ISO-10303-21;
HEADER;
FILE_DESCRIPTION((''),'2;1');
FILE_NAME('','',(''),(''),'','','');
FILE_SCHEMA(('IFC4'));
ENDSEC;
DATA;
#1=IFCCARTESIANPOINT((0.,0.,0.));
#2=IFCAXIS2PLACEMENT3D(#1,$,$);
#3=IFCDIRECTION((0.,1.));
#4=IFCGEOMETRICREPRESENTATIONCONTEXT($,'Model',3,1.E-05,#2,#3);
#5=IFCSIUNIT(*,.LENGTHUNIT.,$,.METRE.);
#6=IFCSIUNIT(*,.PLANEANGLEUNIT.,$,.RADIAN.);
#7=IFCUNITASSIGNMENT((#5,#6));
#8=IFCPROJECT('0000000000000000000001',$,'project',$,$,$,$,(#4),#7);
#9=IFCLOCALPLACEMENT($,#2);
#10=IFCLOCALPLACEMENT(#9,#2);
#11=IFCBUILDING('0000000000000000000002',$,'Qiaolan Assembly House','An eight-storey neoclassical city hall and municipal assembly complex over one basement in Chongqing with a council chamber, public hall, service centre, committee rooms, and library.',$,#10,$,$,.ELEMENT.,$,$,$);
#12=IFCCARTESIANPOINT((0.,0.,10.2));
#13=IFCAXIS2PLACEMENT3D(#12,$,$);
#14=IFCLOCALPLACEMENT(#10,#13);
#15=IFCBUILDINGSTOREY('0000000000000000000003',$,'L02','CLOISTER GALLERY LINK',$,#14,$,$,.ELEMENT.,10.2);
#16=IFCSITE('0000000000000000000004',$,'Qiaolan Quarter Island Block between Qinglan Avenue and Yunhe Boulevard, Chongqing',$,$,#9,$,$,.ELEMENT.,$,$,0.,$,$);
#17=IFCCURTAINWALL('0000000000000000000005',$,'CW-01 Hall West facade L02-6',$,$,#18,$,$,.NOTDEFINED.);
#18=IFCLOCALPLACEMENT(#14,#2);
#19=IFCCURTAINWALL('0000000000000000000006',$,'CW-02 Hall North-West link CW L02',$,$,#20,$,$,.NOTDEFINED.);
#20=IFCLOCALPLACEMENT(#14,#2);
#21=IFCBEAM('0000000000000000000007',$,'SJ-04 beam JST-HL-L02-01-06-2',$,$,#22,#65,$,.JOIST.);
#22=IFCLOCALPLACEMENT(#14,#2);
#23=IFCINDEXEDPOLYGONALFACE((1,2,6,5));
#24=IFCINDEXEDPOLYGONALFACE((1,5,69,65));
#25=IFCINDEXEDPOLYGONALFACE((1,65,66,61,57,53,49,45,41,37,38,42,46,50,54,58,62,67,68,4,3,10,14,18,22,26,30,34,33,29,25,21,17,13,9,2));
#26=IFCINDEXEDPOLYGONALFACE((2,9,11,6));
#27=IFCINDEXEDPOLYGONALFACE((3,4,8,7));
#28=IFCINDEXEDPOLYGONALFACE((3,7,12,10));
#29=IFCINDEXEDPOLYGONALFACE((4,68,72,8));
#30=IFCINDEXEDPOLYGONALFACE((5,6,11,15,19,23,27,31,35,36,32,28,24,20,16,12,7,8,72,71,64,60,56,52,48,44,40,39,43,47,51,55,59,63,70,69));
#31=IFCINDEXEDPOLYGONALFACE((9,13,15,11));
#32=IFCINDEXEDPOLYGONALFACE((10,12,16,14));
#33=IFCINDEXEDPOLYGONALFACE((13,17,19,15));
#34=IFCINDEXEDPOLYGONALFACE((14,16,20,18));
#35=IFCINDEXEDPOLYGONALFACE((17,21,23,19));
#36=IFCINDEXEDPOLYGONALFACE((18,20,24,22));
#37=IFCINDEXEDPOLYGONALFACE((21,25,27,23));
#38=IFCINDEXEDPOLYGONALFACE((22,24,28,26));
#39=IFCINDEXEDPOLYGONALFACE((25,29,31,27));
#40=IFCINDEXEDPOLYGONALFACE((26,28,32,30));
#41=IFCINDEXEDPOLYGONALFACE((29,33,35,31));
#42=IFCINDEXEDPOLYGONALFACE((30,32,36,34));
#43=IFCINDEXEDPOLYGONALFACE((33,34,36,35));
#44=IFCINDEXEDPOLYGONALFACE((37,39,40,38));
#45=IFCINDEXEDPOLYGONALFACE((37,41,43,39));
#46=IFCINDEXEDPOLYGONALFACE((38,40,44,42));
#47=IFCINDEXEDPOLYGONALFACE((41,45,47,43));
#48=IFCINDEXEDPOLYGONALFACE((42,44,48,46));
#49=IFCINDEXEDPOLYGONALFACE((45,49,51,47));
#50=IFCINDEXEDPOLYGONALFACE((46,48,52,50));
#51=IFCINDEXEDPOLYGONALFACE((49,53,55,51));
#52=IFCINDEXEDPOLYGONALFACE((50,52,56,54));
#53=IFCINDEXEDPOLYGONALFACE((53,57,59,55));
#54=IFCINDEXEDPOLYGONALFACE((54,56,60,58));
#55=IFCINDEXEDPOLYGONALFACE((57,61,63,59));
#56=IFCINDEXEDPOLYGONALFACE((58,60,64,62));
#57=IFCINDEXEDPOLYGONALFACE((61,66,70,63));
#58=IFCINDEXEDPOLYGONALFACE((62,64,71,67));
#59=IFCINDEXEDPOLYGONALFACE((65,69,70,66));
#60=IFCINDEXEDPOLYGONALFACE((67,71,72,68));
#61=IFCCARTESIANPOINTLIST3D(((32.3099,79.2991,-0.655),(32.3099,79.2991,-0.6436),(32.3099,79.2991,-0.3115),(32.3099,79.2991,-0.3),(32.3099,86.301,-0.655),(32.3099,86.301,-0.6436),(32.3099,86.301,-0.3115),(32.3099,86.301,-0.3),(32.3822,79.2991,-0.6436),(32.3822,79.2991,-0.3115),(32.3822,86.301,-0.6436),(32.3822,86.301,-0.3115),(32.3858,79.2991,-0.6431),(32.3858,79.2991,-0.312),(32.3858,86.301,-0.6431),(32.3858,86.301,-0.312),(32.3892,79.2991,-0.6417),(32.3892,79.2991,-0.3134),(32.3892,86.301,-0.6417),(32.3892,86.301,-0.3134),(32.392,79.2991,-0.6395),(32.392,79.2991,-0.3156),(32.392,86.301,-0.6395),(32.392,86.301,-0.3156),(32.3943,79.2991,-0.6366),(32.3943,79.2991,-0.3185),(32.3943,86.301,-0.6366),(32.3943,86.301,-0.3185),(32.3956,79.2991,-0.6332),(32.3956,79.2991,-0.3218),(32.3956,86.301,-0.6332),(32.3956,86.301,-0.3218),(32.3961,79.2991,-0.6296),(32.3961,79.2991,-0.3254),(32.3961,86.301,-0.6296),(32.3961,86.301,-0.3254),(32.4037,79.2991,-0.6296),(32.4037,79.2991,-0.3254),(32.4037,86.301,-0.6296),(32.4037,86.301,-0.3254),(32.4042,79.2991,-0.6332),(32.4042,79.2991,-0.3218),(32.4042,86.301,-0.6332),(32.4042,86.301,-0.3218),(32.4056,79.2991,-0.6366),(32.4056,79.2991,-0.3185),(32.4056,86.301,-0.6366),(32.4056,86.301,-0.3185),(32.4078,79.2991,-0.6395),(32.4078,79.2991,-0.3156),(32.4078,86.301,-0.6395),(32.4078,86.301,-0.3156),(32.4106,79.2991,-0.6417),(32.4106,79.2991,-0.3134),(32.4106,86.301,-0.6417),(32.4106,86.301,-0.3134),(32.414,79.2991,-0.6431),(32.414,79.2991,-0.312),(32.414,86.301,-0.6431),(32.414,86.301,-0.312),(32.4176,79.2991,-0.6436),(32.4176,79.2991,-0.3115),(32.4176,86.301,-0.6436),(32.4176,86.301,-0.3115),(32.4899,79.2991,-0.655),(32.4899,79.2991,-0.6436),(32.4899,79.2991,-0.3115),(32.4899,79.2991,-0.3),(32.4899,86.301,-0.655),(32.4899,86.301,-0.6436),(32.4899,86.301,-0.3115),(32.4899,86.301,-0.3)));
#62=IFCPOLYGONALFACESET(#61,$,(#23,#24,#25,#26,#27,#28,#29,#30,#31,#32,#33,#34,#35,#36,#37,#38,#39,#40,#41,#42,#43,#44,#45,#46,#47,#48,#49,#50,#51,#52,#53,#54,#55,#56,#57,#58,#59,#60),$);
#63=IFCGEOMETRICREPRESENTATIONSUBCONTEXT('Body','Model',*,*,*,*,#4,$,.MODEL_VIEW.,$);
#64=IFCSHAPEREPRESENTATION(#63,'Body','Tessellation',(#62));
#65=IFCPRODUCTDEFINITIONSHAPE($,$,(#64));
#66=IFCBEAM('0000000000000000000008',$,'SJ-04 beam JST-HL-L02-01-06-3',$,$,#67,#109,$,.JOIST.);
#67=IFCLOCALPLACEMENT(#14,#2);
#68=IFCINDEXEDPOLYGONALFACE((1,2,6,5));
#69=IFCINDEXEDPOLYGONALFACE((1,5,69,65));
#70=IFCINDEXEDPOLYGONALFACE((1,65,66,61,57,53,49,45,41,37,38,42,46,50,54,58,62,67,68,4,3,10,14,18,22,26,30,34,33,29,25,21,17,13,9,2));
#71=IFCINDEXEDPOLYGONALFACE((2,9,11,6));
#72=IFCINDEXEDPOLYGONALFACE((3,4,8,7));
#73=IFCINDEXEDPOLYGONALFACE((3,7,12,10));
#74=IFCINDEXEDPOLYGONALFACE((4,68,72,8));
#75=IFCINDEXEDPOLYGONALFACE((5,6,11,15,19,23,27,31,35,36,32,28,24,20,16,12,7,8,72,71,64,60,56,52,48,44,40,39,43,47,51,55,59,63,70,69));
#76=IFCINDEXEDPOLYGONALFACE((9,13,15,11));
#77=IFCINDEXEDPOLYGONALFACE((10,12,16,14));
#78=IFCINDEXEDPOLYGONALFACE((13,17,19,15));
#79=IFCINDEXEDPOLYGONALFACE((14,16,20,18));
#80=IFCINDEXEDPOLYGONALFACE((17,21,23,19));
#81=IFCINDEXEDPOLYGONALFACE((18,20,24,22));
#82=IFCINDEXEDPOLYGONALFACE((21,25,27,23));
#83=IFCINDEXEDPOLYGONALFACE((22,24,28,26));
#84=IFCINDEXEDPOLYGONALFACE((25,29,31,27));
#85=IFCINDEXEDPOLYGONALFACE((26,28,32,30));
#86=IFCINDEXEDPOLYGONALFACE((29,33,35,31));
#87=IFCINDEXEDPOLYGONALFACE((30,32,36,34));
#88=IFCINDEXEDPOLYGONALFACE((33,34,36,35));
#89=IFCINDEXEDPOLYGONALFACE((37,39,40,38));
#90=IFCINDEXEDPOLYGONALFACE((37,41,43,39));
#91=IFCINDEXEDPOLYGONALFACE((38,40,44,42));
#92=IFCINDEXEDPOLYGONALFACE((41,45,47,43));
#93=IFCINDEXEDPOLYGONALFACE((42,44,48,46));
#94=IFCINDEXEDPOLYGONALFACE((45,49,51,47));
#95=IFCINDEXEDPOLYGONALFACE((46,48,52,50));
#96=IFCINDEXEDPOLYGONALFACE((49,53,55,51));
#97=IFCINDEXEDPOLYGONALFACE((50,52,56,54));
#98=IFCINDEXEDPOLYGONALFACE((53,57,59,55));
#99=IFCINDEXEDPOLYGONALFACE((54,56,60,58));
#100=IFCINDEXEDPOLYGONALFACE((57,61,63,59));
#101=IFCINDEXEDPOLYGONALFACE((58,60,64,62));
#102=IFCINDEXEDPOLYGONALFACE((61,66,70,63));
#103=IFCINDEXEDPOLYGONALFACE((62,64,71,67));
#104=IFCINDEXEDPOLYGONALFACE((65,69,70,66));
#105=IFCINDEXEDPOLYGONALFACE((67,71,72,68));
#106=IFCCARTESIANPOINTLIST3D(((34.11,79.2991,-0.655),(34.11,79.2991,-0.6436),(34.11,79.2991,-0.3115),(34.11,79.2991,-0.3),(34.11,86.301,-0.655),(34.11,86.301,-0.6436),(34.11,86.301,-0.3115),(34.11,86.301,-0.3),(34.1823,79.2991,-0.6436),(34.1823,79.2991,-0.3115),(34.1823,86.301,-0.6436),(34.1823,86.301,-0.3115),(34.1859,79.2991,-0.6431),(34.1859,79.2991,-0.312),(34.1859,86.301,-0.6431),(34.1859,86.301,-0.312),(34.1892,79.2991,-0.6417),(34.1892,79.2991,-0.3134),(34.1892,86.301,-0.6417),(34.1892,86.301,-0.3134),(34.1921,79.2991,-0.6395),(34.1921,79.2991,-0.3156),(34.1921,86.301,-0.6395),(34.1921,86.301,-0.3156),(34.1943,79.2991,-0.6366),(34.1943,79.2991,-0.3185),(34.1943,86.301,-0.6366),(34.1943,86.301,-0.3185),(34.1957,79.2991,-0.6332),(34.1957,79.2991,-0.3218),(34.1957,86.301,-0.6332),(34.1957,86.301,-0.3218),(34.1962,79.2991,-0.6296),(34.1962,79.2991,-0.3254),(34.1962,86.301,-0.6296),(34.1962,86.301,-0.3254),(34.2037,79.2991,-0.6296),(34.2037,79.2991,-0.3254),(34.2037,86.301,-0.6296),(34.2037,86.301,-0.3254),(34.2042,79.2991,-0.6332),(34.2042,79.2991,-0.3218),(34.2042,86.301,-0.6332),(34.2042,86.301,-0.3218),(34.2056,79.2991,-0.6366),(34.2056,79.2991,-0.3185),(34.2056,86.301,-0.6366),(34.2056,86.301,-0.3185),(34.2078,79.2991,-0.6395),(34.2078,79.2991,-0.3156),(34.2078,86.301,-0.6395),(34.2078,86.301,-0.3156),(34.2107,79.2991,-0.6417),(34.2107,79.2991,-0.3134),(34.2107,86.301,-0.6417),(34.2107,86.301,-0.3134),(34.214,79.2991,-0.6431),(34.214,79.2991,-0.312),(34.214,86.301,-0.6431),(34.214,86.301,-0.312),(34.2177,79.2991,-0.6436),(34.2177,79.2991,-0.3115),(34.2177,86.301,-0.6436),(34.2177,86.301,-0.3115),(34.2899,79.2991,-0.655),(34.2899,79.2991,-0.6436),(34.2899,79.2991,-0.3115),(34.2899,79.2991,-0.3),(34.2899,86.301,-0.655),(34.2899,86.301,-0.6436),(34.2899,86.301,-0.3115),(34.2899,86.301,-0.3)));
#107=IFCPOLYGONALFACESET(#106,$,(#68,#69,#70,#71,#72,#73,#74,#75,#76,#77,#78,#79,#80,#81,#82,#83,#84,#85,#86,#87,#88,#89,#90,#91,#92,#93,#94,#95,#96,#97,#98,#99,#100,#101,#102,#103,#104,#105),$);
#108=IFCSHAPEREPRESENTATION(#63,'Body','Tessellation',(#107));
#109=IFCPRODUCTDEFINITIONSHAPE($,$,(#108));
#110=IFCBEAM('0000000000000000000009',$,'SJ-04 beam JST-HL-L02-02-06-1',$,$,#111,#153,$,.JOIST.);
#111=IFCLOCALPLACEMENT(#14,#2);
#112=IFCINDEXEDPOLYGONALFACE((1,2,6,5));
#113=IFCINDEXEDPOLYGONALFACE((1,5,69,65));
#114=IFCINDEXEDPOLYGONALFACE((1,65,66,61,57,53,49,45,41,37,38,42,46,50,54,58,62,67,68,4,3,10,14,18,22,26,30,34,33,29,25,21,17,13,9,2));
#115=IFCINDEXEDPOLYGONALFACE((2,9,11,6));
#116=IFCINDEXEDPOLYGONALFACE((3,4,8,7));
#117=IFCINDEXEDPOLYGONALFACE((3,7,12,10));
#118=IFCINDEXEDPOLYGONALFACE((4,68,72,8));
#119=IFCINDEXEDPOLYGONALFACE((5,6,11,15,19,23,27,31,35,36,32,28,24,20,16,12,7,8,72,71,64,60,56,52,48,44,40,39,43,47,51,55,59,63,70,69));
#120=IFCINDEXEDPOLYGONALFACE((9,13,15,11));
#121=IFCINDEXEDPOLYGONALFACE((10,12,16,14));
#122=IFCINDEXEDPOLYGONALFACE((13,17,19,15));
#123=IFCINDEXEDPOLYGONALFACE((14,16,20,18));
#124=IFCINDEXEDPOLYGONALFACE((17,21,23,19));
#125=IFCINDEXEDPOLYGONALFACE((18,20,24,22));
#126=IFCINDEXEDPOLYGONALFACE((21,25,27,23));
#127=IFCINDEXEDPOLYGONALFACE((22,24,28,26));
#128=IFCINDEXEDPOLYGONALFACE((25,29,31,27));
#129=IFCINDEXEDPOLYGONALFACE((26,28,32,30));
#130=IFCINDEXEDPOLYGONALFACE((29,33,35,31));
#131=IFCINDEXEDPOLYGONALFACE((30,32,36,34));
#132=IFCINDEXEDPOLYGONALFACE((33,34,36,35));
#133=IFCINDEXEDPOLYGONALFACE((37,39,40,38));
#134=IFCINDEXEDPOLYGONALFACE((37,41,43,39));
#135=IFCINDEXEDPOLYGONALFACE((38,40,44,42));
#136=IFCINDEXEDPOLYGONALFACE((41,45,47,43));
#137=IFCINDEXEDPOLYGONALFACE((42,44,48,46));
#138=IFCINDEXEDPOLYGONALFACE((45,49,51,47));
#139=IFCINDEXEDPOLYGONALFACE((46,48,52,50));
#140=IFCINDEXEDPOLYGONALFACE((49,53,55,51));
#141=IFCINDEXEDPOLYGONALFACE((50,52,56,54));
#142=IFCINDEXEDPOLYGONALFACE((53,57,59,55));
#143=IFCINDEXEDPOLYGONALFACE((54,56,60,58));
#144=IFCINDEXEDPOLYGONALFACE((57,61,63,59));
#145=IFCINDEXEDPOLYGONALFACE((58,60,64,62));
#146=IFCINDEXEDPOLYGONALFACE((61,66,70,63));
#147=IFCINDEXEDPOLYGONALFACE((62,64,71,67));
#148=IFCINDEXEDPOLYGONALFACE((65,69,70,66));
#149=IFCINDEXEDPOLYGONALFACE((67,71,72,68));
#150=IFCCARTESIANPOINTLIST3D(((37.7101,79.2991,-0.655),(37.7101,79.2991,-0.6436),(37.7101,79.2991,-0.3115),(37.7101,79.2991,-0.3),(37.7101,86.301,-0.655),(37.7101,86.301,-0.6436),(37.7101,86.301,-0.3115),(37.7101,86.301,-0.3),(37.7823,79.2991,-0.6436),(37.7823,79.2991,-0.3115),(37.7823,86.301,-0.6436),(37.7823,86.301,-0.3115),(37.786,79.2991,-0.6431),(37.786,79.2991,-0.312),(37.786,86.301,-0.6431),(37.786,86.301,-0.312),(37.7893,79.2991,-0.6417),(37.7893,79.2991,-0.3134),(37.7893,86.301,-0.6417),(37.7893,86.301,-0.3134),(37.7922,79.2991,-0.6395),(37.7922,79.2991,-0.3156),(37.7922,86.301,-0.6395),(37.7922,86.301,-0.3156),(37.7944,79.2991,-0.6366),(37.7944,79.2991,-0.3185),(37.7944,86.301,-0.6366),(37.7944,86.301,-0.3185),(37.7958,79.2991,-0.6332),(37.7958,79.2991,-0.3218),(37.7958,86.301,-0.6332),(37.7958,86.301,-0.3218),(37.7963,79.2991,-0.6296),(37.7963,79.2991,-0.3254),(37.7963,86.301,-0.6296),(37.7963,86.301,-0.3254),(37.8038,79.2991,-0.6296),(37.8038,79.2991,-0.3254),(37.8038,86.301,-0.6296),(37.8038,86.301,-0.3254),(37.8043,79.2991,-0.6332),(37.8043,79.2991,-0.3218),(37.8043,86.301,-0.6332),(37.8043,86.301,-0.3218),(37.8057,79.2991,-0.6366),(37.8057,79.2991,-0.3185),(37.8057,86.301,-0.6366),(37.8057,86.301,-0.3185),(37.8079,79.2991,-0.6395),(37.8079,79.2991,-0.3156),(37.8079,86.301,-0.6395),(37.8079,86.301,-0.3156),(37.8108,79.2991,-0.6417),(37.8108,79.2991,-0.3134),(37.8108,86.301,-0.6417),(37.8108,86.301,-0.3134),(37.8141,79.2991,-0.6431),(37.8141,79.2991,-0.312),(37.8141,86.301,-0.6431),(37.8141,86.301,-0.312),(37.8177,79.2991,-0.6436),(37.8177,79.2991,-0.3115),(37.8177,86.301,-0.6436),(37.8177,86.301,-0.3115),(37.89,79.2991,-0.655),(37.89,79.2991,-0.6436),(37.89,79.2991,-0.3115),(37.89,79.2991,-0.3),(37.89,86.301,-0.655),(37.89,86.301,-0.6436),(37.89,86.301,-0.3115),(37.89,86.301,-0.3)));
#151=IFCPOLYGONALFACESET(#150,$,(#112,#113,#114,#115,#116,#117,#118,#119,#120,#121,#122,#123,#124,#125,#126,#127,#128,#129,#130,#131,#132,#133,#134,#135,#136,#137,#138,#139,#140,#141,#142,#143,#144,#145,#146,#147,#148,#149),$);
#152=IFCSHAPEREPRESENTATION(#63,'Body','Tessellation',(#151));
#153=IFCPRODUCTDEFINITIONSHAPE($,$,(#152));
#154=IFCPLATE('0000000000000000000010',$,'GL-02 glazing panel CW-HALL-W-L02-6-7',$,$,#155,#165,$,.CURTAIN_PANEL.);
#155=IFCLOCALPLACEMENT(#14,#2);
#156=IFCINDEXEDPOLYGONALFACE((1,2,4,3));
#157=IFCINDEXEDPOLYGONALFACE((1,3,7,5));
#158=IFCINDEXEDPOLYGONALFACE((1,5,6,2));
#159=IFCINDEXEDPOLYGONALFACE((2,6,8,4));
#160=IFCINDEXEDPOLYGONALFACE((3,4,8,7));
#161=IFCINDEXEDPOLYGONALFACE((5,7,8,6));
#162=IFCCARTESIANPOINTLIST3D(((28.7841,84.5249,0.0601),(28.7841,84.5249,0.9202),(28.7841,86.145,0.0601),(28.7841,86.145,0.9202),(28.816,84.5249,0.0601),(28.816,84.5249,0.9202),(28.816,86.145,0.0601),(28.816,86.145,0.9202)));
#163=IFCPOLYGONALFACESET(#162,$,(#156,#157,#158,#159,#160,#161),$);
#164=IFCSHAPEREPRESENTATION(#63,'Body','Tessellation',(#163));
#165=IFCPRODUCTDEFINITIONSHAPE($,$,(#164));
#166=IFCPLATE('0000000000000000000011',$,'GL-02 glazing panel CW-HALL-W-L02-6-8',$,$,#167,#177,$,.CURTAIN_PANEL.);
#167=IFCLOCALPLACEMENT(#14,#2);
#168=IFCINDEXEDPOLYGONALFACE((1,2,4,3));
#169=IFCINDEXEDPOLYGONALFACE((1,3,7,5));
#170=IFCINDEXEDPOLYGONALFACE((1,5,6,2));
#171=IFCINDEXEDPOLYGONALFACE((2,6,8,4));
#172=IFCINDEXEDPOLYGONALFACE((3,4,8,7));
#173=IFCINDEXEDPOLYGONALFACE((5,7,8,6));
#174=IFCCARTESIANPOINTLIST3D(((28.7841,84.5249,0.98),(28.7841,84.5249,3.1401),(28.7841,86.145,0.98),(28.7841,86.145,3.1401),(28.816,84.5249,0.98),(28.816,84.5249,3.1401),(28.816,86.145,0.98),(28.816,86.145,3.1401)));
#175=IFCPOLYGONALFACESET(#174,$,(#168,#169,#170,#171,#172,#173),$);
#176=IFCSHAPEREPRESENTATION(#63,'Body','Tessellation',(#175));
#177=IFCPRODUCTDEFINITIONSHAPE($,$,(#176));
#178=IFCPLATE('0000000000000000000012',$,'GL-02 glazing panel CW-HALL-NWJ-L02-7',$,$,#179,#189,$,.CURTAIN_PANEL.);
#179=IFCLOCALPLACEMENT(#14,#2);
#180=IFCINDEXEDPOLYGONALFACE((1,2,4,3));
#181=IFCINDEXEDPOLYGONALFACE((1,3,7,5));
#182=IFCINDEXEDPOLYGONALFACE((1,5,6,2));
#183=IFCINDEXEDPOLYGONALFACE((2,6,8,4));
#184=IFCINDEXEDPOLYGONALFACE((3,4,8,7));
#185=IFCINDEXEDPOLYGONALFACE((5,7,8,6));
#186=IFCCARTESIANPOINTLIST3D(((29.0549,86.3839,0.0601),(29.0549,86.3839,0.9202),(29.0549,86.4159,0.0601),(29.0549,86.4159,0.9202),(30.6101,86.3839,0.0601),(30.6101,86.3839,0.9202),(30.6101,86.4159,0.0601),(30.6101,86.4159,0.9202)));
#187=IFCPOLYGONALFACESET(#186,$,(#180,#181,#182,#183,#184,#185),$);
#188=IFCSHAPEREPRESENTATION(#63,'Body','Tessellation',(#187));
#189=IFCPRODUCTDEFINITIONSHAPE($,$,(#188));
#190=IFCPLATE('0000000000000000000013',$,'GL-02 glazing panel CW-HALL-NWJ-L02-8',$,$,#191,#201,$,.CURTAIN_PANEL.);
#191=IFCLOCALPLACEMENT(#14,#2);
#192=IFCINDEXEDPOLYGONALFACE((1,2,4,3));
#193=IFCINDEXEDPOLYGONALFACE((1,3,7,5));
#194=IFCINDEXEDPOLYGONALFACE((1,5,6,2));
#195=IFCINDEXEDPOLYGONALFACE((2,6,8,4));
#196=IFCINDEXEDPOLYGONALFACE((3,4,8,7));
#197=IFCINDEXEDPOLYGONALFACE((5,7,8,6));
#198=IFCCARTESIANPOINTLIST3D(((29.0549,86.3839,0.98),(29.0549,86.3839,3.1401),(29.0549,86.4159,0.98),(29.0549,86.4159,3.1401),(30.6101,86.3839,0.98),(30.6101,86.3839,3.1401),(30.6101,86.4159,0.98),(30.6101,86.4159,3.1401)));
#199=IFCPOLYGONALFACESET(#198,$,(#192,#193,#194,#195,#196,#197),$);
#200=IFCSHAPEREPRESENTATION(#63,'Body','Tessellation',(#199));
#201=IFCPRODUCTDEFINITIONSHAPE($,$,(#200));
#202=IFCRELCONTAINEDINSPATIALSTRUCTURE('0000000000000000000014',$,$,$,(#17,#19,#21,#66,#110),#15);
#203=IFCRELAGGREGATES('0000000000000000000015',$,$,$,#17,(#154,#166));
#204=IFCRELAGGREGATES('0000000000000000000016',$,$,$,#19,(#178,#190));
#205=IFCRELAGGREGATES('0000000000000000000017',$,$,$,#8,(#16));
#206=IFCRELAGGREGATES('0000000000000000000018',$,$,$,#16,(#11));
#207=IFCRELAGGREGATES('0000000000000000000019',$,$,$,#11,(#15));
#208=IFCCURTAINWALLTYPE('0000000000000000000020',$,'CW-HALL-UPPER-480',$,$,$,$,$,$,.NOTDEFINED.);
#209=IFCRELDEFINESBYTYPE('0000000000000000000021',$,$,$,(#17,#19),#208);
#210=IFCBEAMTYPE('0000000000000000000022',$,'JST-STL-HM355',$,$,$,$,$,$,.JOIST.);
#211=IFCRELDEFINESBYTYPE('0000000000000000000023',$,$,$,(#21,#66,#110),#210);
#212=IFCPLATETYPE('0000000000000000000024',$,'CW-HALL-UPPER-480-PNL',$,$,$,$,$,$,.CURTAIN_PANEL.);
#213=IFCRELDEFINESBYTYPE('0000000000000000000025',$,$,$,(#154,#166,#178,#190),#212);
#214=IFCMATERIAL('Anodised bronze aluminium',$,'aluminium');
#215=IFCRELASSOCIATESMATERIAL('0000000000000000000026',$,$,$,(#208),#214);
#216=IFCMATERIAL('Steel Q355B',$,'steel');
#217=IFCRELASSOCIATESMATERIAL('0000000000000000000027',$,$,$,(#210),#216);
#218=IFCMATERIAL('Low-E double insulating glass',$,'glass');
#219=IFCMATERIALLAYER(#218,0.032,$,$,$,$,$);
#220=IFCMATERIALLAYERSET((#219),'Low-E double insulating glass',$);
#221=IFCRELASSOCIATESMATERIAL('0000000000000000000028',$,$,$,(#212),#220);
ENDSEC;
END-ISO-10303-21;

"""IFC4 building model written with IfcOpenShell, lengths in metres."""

from ifc_helpers import new_model, si_unit, direction, frame, frame_2d, origin, origin_2d, place, context, subcontext, project, spatial, rectangle, i_section, extrude, material, layer, layer_set, material_profile, profile_set, type_object, element, aggregate, save


model = new_model("IFC4")

# Units and contexts
model_context = context("Model", 3, precision=1e-05, world=origin(), true_north=direction((0.0, 1.0)))
body_context = subcontext(model_context, "Body", "Model", "MODEL_VIEW")
ifc_project = project(units=[si_unit("LENGTHUNIT", "METRE"), si_unit("PLANEANGLEUNIT", "RADIAN")], contexts=[model_context])

# Site, building, storey
site_placement = place(None, origin())
site = spatial("IfcSite", under=ifc_project, at=site_placement, Name="Qiaolan Quarter Island Block between Qinglan Avenue and Yunhe Boulevard, Chongqing", CompositionType="ELEMENT", RefElevation=0.0)
building_placement = place(site_placement, origin())
building = spatial("IfcBuilding", under=site, at=building_placement, Name="Qiaolan Assembly House", Description="An eight-storey neoclassical city hall and municipal assembly complex over one basement in Chongqing with a council chamber, public hall, service centre, committee rooms, and library.", CompositionType="ELEMENT")
storey_placement = place(building_placement, frame((0.0, 0.0, 10.2)))
storey = spatial("IfcBuildingStorey", under=building, at=storey_placement, Name="L02", Description="CLOISTER GALLERY LINK", CompositionType="ELEMENT", Elevation=10.2)

# Shared definitions
ifc_material_1 = material(Name="Steel Q355B", Category="steel")

# Curtain walls
ifc_material_2 = material(Name="Anodised bronze aluminium", Category="aluminium")
curtain_wall_type = type_object("IfcCurtainWallType", Name="CW-HALL-UPPER-480", PredefinedType="NOTDEFINED", material=ifc_material_2)
curtain_wall_1_placement = place(storey_placement, origin())
curtain_wall_1 = element("IfcCurtainWall", 1, at=curtain_wall_1_placement, inside=storey, type_object=curtain_wall_type, Name="CW-01 Hall West facade L02-6", PredefinedType="NOTDEFINED")
curtain_wall_2_placement = place(storey_placement, origin())
curtain_wall_2 = element("IfcCurtainWall", 2, at=curtain_wall_2_placement, inside=storey, type_object=curtain_wall_type, Name="CW-02 Hall North-West link CW L02", PredefinedType="NOTDEFINED")

# Beams
ifc_material_profile_1 = material_profile(ifc_material_1, i_section(OverallWidth=0.1799, OverallDepth=0.355, WebThickness=0.0076, FlangeThickness=0.0115, FilletRadius=0.0139, at=origin_2d()), Name="HM 355x180x7.5x11.5")
ifc_profile_set_1 = profile_set([ifc_material_profile_1], Name="Steel Q355B")
beam_type_1 = type_object("IfcBeamType", Name="JST-STL-HM355", PredefinedType="JOIST", material=ifc_profile_set_1)
for number, where, z_axis, x_axis, name in (
    (3, (32.3999, 79.2991, -0.4775), (0.0, 1.0, 0.0), (-1.0, 0.0, 0.0), "SJ-04 beam JST-HL-L02-01-06-2"),
    (4, (34.2, 79.2991, -0.4775), (0.0, 1.0, 0.0), (-1.0, 0.0, 0.0), "SJ-04 beam JST-HL-L02-01-06-3"),
    (5, (37.8, 79.2991, -0.4775), (0.0, 1.0, 0.0), (-1.0, 0.0, 0.0), "SJ-04 beam JST-HL-L02-02-06-1"),
):
    element("IfcBeam", number, at=place(storey_placement, frame(where, z_axis=z_axis, x_axis=x_axis)), inside=storey, type_object=beam_type_1, Name=name, PredefinedType="JOIST", context=body_context, shape_type="SweptSolid", body=[
        extrude(i_section(OverallWidth=0.1799, OverallDepth=0.355, WebThickness=0.0076, FlangeThickness=0.0115, FilletRadius=0.0139, at=origin_2d()), origin(), (0.0, 0.0, 1.0), 7.002),
    ])

# Plates
ifc_material_3 = material(Name="Low-E double insulating glass", Category="glass")
ifc_layer = layer(ifc_material_3, 0.032)
ifc_layer_set = layer_set([ifc_layer], Name="Low-E double insulating glass")
plate_type = type_object("IfcPlateType", Name="CW-HALL-UPPER-480-PNL", PredefinedType="CURTAIN_PANEL", material=ifc_layer_set)
plate_1_placement = place(storey_placement, frame((28.8, 84.5249, 0.0601), z_axis=(0.0, 0.0, 1.0), x_axis=(0.0, 1.0, 0.0)))
plate_1 = element("IfcPlate", 6, at=plate_1_placement, type_object=plate_type, Name="GL-02 glazing panel CW-HALL-W-L02-6-7", PredefinedType="CURTAIN_PANEL", context=body_context, shape_type="SweptSolid", body=[
    extrude(rectangle(XDim=1.6201, YDim=0.032, at=frame_2d((0.8101, 0.0))), origin(), (0.0, 0.0, 1.0), 0.8601),
])
plate_2_placement = place(storey_placement, frame((28.8, 84.5249, 0.98), z_axis=(0.0, 0.0, 1.0), x_axis=(0.0, 1.0, 0.0)))
plate_2 = element("IfcPlate", 7, at=plate_2_placement, type_object=plate_type, Name="GL-02 glazing panel CW-HALL-W-L02-6-8", PredefinedType="CURTAIN_PANEL", context=body_context, shape_type="SweptSolid", body=[
    extrude(rectangle(XDim=1.6201, YDim=0.032, at=frame_2d((0.8101, 0.0))), origin(), (0.0, 0.0, 1.0), 2.1602),
])
aggregate(curtain_wall_1, [plate_1, plate_2])
plate_3_placement = place(storey_placement, frame((30.6101, 86.3999, 0.0601), z_axis=(0.0, 0.0, 1.0), x_axis=(-1.0, 0.0, 0.0)))
plate_3 = element("IfcPlate", 8, at=plate_3_placement, type_object=plate_type, Name="GL-02 glazing panel CW-HALL-NWJ-L02-7", PredefinedType="CURTAIN_PANEL", context=body_context, shape_type="SweptSolid", body=[
    extrude(rectangle(XDim=1.5552, YDim=0.032, at=frame_2d((0.7776, 0.0))), origin(), (0.0, 0.0, 1.0), 0.8601),
])
plate_4_placement = place(storey_placement, frame((30.6101, 86.3999, 0.98), z_axis=(0.0, 0.0, 1.0), x_axis=(-1.0, 0.0, 0.0)))
plate_4 = element("IfcPlate", 9, at=plate_4_placement, type_object=plate_type, Name="GL-02 glazing panel CW-HALL-NWJ-L02-8", PredefinedType="CURTAIN_PANEL", context=body_context, shape_type="SweptSolid", body=[
    extrude(rectangle(XDim=1.5552, YDim=0.032, at=frame_2d((0.7776, 0.0))), origin(), (0.0, 0.0, 1.0), 2.1602),
])
aggregate(curtain_wall_2, [plate_3, plate_4])

save(model, "model.ifc")
